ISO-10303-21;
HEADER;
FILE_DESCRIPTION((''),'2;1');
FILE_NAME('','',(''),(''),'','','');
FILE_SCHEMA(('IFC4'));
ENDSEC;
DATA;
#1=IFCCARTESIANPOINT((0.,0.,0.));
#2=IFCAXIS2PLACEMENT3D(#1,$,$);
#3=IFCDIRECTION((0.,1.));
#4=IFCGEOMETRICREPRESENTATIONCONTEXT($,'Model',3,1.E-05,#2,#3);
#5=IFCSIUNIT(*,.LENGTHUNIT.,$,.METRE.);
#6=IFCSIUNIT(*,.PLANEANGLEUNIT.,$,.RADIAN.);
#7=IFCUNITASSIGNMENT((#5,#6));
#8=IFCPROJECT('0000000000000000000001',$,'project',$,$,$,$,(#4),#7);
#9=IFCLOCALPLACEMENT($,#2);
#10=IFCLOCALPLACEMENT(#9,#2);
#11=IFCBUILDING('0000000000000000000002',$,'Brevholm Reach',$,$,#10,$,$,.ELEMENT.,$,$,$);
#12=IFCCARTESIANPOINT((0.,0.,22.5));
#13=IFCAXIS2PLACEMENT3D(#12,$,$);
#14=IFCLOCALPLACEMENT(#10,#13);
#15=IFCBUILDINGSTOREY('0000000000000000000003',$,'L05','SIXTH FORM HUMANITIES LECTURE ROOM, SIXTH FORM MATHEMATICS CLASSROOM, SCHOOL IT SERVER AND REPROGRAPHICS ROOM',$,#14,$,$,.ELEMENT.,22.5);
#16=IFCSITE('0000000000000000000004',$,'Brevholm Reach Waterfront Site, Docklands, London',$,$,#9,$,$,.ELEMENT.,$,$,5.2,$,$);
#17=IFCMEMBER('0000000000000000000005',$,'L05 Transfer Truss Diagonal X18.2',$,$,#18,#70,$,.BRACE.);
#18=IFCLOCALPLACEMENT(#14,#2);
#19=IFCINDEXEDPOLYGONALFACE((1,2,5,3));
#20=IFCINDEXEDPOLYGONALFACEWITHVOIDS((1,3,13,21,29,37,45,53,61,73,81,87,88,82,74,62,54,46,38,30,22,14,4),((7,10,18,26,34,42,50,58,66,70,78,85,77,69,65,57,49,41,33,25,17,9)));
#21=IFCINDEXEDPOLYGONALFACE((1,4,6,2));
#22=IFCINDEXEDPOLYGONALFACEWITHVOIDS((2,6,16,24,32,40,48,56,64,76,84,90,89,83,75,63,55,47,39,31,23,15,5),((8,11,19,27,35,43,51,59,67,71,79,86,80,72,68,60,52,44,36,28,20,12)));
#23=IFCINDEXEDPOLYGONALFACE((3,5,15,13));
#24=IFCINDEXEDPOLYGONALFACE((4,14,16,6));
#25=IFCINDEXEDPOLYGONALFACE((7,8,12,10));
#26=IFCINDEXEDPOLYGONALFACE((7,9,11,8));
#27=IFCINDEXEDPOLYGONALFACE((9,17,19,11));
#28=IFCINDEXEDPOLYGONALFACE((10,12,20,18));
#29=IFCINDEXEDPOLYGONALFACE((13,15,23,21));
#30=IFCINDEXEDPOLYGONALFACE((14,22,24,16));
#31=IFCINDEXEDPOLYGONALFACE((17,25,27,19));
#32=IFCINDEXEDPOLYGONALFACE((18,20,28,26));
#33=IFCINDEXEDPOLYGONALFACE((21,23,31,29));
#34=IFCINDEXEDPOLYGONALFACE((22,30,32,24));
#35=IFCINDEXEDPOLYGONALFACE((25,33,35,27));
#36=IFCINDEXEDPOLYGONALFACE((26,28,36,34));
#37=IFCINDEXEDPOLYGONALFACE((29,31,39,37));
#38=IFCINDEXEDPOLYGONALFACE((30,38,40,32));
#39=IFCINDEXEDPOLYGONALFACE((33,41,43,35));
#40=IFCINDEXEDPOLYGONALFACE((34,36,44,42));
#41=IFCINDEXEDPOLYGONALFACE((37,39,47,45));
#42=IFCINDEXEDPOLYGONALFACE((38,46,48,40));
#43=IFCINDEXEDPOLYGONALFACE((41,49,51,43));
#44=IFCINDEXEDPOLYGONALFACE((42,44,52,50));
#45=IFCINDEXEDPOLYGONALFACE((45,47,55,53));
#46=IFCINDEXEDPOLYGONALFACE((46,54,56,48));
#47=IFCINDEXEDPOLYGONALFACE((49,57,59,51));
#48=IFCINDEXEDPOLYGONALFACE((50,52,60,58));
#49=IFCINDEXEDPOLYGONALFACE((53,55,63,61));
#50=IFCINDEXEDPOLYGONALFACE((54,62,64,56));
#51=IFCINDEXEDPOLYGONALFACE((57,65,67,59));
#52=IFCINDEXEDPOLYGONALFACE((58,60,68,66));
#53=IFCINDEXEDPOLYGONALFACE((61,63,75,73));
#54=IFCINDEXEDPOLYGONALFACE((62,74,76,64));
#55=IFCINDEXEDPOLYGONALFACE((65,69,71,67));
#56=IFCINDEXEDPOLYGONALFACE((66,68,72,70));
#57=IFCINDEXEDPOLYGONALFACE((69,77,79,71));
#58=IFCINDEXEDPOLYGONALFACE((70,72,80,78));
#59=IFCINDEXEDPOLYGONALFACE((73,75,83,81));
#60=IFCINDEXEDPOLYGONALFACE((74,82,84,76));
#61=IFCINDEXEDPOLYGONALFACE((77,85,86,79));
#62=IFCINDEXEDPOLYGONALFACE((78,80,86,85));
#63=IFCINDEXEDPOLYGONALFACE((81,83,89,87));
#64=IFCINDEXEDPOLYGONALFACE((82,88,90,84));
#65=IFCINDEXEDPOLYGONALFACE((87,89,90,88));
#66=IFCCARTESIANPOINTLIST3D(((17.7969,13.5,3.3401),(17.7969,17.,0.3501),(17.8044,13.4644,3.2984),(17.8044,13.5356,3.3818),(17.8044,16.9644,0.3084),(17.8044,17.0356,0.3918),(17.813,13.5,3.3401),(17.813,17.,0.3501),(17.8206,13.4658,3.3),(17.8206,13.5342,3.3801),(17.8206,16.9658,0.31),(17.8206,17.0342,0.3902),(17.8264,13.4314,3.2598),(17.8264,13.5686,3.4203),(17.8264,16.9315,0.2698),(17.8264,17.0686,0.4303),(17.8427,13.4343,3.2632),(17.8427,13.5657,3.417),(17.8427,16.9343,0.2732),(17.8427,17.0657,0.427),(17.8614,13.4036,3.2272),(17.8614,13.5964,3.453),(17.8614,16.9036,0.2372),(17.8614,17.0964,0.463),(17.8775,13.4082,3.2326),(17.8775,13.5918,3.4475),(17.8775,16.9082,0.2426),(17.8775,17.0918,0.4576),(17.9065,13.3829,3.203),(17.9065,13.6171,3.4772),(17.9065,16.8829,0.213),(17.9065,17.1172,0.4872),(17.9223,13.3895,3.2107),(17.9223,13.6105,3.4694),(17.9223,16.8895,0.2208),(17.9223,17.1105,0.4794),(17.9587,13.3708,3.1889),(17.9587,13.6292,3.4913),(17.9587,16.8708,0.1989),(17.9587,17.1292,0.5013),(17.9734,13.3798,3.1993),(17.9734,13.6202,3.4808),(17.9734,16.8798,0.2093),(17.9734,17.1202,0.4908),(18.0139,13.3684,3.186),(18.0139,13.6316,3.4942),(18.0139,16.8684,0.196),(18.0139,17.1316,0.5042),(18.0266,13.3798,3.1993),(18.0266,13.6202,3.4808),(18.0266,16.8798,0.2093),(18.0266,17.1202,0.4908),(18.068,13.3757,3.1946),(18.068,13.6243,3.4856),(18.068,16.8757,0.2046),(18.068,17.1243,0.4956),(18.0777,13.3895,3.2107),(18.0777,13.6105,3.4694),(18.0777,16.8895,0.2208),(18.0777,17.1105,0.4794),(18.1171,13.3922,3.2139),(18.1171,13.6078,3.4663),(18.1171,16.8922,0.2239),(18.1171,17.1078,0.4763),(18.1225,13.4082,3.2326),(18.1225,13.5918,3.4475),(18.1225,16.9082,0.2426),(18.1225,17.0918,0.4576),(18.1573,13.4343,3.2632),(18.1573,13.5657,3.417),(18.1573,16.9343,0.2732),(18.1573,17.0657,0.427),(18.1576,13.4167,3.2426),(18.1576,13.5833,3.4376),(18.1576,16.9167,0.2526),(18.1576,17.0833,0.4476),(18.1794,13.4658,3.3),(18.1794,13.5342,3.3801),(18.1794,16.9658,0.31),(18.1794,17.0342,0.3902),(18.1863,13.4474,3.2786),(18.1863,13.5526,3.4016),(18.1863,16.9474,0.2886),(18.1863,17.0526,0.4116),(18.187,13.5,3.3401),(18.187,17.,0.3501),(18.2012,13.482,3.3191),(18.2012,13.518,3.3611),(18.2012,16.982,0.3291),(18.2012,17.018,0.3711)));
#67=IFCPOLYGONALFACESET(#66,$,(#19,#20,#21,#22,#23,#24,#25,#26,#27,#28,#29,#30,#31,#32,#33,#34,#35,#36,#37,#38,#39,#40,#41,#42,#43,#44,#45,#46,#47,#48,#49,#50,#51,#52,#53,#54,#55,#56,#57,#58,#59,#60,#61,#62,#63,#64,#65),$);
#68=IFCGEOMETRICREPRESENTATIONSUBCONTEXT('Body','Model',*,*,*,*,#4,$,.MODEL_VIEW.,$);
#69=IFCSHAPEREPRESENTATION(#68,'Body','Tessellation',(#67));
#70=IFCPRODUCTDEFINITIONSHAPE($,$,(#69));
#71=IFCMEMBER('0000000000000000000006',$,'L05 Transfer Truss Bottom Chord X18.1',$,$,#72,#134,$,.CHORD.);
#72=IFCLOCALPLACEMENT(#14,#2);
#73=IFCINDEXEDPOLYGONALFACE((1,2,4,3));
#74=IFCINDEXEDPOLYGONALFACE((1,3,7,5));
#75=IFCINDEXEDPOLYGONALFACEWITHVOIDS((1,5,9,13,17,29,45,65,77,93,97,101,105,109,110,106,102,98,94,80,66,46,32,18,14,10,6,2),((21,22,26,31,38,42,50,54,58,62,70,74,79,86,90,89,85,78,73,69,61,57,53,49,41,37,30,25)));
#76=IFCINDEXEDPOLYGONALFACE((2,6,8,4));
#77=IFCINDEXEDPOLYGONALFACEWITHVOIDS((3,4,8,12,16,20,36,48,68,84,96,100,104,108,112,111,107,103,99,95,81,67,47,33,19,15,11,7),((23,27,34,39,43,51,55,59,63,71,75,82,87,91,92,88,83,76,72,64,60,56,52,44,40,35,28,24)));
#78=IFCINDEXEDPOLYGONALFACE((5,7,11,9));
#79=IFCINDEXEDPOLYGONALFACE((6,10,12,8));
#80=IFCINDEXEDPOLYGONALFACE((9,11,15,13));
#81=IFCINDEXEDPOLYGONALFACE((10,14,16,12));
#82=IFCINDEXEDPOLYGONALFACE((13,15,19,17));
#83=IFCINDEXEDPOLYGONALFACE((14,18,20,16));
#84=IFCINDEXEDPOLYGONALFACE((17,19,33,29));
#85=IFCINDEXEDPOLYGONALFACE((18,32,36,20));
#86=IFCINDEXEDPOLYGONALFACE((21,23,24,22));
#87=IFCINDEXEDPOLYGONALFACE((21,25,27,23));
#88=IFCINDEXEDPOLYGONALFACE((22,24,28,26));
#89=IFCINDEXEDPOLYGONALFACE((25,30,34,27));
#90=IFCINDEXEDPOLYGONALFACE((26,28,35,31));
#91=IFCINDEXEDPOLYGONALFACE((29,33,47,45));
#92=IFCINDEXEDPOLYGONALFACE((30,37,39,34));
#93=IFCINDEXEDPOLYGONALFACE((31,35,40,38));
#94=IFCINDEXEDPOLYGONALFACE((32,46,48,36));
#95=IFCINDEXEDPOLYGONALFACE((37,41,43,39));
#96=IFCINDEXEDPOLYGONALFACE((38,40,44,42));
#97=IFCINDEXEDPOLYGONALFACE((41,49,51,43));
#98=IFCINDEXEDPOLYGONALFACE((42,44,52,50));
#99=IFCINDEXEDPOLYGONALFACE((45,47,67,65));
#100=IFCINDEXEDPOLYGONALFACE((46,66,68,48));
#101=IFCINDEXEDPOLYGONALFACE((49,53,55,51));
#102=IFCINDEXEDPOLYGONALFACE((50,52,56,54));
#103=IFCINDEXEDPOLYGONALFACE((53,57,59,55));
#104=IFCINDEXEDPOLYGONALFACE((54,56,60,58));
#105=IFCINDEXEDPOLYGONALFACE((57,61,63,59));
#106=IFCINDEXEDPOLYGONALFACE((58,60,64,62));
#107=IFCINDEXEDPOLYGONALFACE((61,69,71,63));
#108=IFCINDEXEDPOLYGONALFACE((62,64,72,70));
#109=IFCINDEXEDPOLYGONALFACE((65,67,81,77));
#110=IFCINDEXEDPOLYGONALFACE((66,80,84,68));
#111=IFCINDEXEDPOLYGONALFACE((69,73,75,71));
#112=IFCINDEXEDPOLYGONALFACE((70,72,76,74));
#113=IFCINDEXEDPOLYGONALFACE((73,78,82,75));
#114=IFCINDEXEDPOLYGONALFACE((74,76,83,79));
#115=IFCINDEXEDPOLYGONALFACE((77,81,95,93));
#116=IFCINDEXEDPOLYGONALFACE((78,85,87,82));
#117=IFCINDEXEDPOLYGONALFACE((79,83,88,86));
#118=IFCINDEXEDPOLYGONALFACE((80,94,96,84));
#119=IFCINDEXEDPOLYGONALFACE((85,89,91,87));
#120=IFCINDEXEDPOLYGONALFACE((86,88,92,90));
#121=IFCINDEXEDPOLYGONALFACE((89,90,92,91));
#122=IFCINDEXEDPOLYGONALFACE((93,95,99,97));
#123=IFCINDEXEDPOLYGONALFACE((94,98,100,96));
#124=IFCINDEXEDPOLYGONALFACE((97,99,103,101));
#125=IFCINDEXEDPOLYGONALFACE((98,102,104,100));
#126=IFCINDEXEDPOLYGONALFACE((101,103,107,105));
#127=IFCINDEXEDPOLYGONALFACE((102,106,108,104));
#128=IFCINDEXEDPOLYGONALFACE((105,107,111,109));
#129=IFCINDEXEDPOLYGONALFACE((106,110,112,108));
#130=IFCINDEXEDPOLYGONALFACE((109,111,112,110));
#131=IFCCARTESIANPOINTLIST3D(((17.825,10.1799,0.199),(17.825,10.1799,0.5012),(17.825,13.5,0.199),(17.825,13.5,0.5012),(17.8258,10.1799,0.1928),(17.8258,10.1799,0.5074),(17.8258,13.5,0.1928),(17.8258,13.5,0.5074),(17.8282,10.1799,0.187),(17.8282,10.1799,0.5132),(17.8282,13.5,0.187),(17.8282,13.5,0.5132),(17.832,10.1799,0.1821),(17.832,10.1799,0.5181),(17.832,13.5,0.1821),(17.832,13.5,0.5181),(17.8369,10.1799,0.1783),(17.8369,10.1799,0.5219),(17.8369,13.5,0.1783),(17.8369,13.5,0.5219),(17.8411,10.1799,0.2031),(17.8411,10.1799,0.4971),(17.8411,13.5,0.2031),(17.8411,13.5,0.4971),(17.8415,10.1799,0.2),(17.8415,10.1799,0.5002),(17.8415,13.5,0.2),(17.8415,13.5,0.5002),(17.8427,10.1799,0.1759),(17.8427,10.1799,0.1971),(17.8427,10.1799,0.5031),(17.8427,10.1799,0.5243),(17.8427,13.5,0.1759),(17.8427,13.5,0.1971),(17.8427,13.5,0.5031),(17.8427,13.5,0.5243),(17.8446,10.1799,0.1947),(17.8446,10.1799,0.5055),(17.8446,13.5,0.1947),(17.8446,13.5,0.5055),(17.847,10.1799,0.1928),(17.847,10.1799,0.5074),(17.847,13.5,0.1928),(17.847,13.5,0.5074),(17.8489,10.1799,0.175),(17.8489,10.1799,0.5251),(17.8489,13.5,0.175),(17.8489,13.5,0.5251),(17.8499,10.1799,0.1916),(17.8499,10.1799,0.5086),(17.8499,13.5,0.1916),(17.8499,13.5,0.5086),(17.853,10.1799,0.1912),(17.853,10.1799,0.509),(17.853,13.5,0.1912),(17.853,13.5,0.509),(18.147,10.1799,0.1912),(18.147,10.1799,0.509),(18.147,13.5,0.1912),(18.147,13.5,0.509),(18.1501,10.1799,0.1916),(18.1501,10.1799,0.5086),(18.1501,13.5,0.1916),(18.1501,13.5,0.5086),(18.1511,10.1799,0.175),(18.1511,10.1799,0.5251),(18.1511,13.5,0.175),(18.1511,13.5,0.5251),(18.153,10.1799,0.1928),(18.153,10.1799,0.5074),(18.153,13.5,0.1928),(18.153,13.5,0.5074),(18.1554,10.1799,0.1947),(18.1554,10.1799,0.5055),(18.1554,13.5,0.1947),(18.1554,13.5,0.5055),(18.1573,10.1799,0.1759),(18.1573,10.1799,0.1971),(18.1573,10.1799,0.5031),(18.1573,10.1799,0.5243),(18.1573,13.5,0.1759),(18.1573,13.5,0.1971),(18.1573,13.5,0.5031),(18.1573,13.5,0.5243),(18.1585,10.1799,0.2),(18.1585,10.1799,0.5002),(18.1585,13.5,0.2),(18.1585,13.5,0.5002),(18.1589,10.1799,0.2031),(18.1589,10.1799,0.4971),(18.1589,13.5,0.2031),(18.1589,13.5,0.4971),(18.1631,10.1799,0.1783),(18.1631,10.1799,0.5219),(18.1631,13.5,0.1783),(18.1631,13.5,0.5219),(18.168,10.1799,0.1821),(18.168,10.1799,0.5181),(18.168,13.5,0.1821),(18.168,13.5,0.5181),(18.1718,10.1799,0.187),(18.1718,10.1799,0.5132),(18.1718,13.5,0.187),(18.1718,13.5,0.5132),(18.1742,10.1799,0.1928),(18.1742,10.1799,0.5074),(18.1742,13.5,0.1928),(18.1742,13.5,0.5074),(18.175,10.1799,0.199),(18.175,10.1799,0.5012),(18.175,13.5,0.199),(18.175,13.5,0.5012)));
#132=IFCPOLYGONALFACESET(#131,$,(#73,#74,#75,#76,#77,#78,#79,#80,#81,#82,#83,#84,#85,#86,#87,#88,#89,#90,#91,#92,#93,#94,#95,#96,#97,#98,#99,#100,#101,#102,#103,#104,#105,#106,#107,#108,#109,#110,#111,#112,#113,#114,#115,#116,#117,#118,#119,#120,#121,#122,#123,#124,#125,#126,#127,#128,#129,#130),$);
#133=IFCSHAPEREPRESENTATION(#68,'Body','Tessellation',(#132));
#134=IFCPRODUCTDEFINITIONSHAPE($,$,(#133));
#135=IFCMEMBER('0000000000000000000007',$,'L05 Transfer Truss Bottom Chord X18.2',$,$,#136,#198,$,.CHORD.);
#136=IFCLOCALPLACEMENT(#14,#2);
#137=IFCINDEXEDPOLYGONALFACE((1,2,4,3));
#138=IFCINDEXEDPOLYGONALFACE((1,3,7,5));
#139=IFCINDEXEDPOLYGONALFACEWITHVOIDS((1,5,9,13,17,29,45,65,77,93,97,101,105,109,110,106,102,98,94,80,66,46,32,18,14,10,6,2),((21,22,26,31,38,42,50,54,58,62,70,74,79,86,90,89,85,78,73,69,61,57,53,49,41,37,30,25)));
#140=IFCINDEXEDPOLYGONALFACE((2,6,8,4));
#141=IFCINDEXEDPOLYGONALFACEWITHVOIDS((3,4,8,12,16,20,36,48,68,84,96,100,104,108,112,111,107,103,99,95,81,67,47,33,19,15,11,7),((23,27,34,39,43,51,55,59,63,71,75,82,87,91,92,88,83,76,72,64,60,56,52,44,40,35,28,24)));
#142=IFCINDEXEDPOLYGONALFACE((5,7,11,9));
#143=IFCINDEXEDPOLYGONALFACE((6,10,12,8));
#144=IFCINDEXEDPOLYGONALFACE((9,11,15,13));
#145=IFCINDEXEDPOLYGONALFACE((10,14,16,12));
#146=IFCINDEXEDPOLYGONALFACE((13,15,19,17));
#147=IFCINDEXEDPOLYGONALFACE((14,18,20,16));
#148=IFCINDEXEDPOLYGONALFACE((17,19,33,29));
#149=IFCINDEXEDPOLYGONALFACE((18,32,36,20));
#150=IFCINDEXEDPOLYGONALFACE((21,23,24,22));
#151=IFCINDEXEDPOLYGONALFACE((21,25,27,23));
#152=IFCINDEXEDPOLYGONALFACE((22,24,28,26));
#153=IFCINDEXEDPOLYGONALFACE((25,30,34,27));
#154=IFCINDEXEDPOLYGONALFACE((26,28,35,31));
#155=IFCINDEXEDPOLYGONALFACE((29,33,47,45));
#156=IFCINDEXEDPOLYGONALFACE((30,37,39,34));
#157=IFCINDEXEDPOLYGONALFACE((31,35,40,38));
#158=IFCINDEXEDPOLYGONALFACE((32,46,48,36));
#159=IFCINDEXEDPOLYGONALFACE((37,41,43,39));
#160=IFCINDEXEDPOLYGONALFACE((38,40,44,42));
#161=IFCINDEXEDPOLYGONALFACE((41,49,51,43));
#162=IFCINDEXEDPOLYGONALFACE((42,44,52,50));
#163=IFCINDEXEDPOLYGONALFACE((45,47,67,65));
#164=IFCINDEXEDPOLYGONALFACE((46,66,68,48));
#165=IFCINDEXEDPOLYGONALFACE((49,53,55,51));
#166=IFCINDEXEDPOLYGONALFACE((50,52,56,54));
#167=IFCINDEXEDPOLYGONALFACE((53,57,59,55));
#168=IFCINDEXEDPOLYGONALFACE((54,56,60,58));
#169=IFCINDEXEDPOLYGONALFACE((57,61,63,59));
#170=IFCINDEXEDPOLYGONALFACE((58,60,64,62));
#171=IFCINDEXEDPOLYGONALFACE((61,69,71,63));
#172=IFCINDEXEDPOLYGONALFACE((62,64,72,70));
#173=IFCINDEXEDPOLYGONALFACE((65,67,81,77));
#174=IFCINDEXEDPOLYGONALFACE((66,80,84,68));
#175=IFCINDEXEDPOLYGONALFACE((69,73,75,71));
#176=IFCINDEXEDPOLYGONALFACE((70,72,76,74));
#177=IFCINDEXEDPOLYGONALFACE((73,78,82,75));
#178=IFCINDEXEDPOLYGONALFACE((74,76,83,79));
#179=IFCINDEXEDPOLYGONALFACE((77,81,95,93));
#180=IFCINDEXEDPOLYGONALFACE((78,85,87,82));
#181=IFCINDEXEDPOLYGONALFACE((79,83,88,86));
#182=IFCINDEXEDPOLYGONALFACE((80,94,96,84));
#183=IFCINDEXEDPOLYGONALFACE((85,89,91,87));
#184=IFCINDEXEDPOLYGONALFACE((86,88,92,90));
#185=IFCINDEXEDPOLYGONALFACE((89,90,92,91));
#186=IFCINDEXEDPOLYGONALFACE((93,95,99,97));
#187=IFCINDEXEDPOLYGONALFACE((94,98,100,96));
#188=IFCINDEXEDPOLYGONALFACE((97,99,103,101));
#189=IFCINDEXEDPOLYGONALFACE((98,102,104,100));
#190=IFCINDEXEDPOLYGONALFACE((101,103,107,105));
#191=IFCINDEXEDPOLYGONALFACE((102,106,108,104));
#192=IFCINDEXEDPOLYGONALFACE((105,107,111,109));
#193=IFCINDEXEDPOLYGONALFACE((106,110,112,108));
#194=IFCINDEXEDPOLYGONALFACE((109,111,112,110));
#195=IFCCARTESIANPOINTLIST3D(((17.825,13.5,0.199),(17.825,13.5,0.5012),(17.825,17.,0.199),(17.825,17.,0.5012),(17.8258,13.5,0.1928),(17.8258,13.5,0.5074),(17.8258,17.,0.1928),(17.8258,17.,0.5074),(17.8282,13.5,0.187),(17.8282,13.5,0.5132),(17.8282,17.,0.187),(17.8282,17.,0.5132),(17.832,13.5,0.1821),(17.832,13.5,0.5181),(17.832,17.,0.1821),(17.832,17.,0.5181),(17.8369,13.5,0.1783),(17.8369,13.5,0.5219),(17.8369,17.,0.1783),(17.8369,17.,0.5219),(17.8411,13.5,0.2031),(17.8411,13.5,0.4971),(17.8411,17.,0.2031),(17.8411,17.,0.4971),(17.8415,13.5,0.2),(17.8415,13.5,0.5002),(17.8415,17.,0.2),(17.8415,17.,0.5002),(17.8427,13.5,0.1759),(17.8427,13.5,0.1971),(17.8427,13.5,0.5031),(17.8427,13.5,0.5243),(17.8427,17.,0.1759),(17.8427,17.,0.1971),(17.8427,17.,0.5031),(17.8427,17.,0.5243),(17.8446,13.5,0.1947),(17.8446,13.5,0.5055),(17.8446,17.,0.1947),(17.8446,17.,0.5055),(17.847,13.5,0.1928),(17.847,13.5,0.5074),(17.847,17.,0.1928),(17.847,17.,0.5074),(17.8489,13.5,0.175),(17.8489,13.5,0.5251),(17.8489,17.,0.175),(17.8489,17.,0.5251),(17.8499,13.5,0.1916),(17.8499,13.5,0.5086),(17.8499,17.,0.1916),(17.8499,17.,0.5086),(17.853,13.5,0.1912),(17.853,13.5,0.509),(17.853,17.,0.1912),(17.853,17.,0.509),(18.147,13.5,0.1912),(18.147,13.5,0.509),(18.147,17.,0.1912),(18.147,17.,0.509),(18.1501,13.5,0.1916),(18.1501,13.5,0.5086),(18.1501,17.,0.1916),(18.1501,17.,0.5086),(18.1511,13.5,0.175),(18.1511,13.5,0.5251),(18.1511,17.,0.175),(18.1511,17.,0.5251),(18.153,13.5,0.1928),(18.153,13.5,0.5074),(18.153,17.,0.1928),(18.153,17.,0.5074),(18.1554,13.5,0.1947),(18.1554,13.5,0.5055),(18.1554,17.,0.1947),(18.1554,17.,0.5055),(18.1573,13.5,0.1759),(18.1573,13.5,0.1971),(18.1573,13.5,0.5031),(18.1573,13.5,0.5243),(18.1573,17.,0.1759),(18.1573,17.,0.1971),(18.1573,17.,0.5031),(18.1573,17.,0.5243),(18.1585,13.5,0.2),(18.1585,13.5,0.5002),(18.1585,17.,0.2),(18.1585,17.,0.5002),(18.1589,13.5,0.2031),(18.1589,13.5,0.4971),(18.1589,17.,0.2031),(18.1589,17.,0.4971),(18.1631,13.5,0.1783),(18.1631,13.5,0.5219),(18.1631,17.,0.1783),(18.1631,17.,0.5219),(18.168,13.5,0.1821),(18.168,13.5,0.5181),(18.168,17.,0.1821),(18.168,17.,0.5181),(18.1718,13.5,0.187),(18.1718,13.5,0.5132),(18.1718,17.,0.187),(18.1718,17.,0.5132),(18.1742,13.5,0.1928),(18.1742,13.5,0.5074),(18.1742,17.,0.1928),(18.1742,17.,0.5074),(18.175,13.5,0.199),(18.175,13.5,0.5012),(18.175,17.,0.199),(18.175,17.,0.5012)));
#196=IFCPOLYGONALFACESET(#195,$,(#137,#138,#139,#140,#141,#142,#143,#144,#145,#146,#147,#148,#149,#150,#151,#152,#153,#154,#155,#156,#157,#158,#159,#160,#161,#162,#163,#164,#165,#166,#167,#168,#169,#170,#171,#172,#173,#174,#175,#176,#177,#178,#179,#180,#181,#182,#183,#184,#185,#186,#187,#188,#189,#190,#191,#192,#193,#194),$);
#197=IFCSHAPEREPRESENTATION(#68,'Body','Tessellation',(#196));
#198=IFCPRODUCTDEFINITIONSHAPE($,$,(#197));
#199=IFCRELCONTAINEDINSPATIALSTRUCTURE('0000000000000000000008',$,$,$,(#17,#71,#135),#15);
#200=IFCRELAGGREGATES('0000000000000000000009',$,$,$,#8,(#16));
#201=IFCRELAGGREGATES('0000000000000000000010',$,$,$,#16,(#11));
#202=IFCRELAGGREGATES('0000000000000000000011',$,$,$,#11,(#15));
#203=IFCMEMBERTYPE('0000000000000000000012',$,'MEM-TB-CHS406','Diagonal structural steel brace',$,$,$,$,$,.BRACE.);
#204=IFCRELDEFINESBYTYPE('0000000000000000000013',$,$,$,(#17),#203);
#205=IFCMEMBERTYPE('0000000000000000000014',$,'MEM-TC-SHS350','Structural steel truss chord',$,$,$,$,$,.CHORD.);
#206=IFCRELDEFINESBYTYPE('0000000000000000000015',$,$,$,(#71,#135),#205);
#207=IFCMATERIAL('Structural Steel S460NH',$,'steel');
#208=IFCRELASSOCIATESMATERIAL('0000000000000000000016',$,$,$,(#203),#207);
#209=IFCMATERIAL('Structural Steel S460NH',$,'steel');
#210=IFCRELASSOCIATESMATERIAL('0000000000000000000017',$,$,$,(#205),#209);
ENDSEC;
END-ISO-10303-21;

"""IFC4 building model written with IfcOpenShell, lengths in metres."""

from ifc_helpers import new_model, si_unit, direction, frame, origin, origin_2d, place, context, subcontext, project, spatial, hollow_rectangle, hollow_circle, extrude, material, material_profile, profile_set, type_object, element, save


model = new_model("IFC4")

# Units and contexts
model_context = context("Model", 3, precision=1e-05, world=origin(), true_north=direction((0.0, 1.0)))
body_context = subcontext(model_context, "Body", "Model", "MODEL_VIEW")
ifc_project = project(units=[si_unit("LENGTHUNIT", "METRE"), si_unit("PLANEANGLEUNIT", "RADIAN")], contexts=[model_context])

# Site, building, storey
site_placement = place(None, origin())
site = spatial("IfcSite", under=ifc_project, at=site_placement, Name="Brevholm Reach Waterfront Site, Docklands, London", CompositionType="ELEMENT", RefElevation=5.2)
building_placement = place(site_placement, origin())
building = spatial("IfcBuilding", under=site, at=building_placement, Name="Brevholm Reach", CompositionType="ELEMENT")
storey_placement = place(building_placement, frame((0.0, 0.0, 22.5)))
storey = spatial("IfcBuildingStorey", under=building, at=storey_placement, Name="L05", Description="SIXTH FORM HUMANITIES LECTURE ROOM, SIXTH FORM MATHEMATICS CLASSROOM, SCHOOL IT SERVER AND REPROGRAPHICS ROOM", CompositionType="ELEMENT", Elevation=22.5)

# Members
ifc_material_1 = material(Name="Structural Steel S460NH", Category="steel")
ifc_material_profile_1 = material_profile(ifc_material_1, hollow_circle(Radius=0.2031, WallThickness=0.0161, at=origin_2d()), Name="CHS 406.4x16")
ifc_profile_set_1 = profile_set([ifc_material_profile_1], Name="Structural Steel S460NH")
member_type_1 = type_object("IfcMemberType", Name="MEM-TB-CHS406", Description="Diagonal structural steel brace", PredefinedType="BRACE", material=ifc_profile_set_1)
member_1_placement = place(storey_placement, frame((18.0, 13.5, 3.3401), z_axis=(0.0, 0.76033, -0.649537), x_axis=(-1.0, 0.0, 0.0)))
element("IfcMember", 1, at=member_1_placement, inside=storey, type_object=member_type_1, Name="L05 Transfer Truss Diagonal X18.2", PredefinedType="BRACE", context=body_context, shape_type="SweptSolid", body=[
    extrude(hollow_circle(Radius=0.2031, WallThickness=0.0161, at=origin_2d()), origin(), (0.0, 0.0, 1.0), 4.6033),
])
ifc_material_2 = material(Name="Structural Steel S460NH", Category="steel")
ifc_material_profile_2 = material_profile(ifc_material_2, hollow_rectangle(XDim=0.3501, YDim=0.3501, WallThickness=0.0161, InnerFilletRadius=0.012, OuterFilletRadius=0.0239, at=origin_2d()), Name="SHS 350x350x16")
ifc_profile_set_2 = profile_set([ifc_material_profile_2], Name="Structural Steel S460NH")
member_type_2 = type_object("IfcMemberType", Name="MEM-TC-SHS350", Description="Structural steel truss chord", PredefinedType="CHORD", material=ifc_profile_set_2)
member_2_placement = place(storey_placement, frame((18.0, 10.1799, 0.3501), z_axis=(0.0, 1.0, 0.0), x_axis=(-1.0, 0.0, 0.0)))
element("IfcMember", 2, at=member_2_placement, inside=storey, type_object=member_type_2, Name="L05 Transfer Truss Bottom Chord X18.1", PredefinedType="CHORD", context=body_context, shape_type="SweptSolid", body=[
    extrude(hollow_rectangle(XDim=0.3501, YDim=0.3501, WallThickness=0.0161, InnerFilletRadius=0.012, OuterFilletRadius=0.0239, at=origin_2d()), origin(), (0.0, 0.0, 1.0), 3.3201),
])
member_3_placement = place(storey_placement, frame((18.0, 13.5, 0.3501), z_axis=(0.0, 1.0, 0.0), x_axis=(-1.0, 0.0, 0.0)))
element("IfcMember", 3, at=member_3_placement, inside=storey, type_object=member_type_2, Name="L05 Transfer Truss Bottom Chord X18.2", PredefinedType="CHORD", context=body_context, shape_type="SweptSolid", body=[
    extrude(hollow_rectangle(XDim=0.3501, YDim=0.3501, WallThickness=0.0161, InnerFilletRadius=0.012, OuterFilletRadius=0.0239, at=origin_2d()), origin(), (0.0, 0.0, 1.0), 3.5),
])

save(model, "model.ifc")
